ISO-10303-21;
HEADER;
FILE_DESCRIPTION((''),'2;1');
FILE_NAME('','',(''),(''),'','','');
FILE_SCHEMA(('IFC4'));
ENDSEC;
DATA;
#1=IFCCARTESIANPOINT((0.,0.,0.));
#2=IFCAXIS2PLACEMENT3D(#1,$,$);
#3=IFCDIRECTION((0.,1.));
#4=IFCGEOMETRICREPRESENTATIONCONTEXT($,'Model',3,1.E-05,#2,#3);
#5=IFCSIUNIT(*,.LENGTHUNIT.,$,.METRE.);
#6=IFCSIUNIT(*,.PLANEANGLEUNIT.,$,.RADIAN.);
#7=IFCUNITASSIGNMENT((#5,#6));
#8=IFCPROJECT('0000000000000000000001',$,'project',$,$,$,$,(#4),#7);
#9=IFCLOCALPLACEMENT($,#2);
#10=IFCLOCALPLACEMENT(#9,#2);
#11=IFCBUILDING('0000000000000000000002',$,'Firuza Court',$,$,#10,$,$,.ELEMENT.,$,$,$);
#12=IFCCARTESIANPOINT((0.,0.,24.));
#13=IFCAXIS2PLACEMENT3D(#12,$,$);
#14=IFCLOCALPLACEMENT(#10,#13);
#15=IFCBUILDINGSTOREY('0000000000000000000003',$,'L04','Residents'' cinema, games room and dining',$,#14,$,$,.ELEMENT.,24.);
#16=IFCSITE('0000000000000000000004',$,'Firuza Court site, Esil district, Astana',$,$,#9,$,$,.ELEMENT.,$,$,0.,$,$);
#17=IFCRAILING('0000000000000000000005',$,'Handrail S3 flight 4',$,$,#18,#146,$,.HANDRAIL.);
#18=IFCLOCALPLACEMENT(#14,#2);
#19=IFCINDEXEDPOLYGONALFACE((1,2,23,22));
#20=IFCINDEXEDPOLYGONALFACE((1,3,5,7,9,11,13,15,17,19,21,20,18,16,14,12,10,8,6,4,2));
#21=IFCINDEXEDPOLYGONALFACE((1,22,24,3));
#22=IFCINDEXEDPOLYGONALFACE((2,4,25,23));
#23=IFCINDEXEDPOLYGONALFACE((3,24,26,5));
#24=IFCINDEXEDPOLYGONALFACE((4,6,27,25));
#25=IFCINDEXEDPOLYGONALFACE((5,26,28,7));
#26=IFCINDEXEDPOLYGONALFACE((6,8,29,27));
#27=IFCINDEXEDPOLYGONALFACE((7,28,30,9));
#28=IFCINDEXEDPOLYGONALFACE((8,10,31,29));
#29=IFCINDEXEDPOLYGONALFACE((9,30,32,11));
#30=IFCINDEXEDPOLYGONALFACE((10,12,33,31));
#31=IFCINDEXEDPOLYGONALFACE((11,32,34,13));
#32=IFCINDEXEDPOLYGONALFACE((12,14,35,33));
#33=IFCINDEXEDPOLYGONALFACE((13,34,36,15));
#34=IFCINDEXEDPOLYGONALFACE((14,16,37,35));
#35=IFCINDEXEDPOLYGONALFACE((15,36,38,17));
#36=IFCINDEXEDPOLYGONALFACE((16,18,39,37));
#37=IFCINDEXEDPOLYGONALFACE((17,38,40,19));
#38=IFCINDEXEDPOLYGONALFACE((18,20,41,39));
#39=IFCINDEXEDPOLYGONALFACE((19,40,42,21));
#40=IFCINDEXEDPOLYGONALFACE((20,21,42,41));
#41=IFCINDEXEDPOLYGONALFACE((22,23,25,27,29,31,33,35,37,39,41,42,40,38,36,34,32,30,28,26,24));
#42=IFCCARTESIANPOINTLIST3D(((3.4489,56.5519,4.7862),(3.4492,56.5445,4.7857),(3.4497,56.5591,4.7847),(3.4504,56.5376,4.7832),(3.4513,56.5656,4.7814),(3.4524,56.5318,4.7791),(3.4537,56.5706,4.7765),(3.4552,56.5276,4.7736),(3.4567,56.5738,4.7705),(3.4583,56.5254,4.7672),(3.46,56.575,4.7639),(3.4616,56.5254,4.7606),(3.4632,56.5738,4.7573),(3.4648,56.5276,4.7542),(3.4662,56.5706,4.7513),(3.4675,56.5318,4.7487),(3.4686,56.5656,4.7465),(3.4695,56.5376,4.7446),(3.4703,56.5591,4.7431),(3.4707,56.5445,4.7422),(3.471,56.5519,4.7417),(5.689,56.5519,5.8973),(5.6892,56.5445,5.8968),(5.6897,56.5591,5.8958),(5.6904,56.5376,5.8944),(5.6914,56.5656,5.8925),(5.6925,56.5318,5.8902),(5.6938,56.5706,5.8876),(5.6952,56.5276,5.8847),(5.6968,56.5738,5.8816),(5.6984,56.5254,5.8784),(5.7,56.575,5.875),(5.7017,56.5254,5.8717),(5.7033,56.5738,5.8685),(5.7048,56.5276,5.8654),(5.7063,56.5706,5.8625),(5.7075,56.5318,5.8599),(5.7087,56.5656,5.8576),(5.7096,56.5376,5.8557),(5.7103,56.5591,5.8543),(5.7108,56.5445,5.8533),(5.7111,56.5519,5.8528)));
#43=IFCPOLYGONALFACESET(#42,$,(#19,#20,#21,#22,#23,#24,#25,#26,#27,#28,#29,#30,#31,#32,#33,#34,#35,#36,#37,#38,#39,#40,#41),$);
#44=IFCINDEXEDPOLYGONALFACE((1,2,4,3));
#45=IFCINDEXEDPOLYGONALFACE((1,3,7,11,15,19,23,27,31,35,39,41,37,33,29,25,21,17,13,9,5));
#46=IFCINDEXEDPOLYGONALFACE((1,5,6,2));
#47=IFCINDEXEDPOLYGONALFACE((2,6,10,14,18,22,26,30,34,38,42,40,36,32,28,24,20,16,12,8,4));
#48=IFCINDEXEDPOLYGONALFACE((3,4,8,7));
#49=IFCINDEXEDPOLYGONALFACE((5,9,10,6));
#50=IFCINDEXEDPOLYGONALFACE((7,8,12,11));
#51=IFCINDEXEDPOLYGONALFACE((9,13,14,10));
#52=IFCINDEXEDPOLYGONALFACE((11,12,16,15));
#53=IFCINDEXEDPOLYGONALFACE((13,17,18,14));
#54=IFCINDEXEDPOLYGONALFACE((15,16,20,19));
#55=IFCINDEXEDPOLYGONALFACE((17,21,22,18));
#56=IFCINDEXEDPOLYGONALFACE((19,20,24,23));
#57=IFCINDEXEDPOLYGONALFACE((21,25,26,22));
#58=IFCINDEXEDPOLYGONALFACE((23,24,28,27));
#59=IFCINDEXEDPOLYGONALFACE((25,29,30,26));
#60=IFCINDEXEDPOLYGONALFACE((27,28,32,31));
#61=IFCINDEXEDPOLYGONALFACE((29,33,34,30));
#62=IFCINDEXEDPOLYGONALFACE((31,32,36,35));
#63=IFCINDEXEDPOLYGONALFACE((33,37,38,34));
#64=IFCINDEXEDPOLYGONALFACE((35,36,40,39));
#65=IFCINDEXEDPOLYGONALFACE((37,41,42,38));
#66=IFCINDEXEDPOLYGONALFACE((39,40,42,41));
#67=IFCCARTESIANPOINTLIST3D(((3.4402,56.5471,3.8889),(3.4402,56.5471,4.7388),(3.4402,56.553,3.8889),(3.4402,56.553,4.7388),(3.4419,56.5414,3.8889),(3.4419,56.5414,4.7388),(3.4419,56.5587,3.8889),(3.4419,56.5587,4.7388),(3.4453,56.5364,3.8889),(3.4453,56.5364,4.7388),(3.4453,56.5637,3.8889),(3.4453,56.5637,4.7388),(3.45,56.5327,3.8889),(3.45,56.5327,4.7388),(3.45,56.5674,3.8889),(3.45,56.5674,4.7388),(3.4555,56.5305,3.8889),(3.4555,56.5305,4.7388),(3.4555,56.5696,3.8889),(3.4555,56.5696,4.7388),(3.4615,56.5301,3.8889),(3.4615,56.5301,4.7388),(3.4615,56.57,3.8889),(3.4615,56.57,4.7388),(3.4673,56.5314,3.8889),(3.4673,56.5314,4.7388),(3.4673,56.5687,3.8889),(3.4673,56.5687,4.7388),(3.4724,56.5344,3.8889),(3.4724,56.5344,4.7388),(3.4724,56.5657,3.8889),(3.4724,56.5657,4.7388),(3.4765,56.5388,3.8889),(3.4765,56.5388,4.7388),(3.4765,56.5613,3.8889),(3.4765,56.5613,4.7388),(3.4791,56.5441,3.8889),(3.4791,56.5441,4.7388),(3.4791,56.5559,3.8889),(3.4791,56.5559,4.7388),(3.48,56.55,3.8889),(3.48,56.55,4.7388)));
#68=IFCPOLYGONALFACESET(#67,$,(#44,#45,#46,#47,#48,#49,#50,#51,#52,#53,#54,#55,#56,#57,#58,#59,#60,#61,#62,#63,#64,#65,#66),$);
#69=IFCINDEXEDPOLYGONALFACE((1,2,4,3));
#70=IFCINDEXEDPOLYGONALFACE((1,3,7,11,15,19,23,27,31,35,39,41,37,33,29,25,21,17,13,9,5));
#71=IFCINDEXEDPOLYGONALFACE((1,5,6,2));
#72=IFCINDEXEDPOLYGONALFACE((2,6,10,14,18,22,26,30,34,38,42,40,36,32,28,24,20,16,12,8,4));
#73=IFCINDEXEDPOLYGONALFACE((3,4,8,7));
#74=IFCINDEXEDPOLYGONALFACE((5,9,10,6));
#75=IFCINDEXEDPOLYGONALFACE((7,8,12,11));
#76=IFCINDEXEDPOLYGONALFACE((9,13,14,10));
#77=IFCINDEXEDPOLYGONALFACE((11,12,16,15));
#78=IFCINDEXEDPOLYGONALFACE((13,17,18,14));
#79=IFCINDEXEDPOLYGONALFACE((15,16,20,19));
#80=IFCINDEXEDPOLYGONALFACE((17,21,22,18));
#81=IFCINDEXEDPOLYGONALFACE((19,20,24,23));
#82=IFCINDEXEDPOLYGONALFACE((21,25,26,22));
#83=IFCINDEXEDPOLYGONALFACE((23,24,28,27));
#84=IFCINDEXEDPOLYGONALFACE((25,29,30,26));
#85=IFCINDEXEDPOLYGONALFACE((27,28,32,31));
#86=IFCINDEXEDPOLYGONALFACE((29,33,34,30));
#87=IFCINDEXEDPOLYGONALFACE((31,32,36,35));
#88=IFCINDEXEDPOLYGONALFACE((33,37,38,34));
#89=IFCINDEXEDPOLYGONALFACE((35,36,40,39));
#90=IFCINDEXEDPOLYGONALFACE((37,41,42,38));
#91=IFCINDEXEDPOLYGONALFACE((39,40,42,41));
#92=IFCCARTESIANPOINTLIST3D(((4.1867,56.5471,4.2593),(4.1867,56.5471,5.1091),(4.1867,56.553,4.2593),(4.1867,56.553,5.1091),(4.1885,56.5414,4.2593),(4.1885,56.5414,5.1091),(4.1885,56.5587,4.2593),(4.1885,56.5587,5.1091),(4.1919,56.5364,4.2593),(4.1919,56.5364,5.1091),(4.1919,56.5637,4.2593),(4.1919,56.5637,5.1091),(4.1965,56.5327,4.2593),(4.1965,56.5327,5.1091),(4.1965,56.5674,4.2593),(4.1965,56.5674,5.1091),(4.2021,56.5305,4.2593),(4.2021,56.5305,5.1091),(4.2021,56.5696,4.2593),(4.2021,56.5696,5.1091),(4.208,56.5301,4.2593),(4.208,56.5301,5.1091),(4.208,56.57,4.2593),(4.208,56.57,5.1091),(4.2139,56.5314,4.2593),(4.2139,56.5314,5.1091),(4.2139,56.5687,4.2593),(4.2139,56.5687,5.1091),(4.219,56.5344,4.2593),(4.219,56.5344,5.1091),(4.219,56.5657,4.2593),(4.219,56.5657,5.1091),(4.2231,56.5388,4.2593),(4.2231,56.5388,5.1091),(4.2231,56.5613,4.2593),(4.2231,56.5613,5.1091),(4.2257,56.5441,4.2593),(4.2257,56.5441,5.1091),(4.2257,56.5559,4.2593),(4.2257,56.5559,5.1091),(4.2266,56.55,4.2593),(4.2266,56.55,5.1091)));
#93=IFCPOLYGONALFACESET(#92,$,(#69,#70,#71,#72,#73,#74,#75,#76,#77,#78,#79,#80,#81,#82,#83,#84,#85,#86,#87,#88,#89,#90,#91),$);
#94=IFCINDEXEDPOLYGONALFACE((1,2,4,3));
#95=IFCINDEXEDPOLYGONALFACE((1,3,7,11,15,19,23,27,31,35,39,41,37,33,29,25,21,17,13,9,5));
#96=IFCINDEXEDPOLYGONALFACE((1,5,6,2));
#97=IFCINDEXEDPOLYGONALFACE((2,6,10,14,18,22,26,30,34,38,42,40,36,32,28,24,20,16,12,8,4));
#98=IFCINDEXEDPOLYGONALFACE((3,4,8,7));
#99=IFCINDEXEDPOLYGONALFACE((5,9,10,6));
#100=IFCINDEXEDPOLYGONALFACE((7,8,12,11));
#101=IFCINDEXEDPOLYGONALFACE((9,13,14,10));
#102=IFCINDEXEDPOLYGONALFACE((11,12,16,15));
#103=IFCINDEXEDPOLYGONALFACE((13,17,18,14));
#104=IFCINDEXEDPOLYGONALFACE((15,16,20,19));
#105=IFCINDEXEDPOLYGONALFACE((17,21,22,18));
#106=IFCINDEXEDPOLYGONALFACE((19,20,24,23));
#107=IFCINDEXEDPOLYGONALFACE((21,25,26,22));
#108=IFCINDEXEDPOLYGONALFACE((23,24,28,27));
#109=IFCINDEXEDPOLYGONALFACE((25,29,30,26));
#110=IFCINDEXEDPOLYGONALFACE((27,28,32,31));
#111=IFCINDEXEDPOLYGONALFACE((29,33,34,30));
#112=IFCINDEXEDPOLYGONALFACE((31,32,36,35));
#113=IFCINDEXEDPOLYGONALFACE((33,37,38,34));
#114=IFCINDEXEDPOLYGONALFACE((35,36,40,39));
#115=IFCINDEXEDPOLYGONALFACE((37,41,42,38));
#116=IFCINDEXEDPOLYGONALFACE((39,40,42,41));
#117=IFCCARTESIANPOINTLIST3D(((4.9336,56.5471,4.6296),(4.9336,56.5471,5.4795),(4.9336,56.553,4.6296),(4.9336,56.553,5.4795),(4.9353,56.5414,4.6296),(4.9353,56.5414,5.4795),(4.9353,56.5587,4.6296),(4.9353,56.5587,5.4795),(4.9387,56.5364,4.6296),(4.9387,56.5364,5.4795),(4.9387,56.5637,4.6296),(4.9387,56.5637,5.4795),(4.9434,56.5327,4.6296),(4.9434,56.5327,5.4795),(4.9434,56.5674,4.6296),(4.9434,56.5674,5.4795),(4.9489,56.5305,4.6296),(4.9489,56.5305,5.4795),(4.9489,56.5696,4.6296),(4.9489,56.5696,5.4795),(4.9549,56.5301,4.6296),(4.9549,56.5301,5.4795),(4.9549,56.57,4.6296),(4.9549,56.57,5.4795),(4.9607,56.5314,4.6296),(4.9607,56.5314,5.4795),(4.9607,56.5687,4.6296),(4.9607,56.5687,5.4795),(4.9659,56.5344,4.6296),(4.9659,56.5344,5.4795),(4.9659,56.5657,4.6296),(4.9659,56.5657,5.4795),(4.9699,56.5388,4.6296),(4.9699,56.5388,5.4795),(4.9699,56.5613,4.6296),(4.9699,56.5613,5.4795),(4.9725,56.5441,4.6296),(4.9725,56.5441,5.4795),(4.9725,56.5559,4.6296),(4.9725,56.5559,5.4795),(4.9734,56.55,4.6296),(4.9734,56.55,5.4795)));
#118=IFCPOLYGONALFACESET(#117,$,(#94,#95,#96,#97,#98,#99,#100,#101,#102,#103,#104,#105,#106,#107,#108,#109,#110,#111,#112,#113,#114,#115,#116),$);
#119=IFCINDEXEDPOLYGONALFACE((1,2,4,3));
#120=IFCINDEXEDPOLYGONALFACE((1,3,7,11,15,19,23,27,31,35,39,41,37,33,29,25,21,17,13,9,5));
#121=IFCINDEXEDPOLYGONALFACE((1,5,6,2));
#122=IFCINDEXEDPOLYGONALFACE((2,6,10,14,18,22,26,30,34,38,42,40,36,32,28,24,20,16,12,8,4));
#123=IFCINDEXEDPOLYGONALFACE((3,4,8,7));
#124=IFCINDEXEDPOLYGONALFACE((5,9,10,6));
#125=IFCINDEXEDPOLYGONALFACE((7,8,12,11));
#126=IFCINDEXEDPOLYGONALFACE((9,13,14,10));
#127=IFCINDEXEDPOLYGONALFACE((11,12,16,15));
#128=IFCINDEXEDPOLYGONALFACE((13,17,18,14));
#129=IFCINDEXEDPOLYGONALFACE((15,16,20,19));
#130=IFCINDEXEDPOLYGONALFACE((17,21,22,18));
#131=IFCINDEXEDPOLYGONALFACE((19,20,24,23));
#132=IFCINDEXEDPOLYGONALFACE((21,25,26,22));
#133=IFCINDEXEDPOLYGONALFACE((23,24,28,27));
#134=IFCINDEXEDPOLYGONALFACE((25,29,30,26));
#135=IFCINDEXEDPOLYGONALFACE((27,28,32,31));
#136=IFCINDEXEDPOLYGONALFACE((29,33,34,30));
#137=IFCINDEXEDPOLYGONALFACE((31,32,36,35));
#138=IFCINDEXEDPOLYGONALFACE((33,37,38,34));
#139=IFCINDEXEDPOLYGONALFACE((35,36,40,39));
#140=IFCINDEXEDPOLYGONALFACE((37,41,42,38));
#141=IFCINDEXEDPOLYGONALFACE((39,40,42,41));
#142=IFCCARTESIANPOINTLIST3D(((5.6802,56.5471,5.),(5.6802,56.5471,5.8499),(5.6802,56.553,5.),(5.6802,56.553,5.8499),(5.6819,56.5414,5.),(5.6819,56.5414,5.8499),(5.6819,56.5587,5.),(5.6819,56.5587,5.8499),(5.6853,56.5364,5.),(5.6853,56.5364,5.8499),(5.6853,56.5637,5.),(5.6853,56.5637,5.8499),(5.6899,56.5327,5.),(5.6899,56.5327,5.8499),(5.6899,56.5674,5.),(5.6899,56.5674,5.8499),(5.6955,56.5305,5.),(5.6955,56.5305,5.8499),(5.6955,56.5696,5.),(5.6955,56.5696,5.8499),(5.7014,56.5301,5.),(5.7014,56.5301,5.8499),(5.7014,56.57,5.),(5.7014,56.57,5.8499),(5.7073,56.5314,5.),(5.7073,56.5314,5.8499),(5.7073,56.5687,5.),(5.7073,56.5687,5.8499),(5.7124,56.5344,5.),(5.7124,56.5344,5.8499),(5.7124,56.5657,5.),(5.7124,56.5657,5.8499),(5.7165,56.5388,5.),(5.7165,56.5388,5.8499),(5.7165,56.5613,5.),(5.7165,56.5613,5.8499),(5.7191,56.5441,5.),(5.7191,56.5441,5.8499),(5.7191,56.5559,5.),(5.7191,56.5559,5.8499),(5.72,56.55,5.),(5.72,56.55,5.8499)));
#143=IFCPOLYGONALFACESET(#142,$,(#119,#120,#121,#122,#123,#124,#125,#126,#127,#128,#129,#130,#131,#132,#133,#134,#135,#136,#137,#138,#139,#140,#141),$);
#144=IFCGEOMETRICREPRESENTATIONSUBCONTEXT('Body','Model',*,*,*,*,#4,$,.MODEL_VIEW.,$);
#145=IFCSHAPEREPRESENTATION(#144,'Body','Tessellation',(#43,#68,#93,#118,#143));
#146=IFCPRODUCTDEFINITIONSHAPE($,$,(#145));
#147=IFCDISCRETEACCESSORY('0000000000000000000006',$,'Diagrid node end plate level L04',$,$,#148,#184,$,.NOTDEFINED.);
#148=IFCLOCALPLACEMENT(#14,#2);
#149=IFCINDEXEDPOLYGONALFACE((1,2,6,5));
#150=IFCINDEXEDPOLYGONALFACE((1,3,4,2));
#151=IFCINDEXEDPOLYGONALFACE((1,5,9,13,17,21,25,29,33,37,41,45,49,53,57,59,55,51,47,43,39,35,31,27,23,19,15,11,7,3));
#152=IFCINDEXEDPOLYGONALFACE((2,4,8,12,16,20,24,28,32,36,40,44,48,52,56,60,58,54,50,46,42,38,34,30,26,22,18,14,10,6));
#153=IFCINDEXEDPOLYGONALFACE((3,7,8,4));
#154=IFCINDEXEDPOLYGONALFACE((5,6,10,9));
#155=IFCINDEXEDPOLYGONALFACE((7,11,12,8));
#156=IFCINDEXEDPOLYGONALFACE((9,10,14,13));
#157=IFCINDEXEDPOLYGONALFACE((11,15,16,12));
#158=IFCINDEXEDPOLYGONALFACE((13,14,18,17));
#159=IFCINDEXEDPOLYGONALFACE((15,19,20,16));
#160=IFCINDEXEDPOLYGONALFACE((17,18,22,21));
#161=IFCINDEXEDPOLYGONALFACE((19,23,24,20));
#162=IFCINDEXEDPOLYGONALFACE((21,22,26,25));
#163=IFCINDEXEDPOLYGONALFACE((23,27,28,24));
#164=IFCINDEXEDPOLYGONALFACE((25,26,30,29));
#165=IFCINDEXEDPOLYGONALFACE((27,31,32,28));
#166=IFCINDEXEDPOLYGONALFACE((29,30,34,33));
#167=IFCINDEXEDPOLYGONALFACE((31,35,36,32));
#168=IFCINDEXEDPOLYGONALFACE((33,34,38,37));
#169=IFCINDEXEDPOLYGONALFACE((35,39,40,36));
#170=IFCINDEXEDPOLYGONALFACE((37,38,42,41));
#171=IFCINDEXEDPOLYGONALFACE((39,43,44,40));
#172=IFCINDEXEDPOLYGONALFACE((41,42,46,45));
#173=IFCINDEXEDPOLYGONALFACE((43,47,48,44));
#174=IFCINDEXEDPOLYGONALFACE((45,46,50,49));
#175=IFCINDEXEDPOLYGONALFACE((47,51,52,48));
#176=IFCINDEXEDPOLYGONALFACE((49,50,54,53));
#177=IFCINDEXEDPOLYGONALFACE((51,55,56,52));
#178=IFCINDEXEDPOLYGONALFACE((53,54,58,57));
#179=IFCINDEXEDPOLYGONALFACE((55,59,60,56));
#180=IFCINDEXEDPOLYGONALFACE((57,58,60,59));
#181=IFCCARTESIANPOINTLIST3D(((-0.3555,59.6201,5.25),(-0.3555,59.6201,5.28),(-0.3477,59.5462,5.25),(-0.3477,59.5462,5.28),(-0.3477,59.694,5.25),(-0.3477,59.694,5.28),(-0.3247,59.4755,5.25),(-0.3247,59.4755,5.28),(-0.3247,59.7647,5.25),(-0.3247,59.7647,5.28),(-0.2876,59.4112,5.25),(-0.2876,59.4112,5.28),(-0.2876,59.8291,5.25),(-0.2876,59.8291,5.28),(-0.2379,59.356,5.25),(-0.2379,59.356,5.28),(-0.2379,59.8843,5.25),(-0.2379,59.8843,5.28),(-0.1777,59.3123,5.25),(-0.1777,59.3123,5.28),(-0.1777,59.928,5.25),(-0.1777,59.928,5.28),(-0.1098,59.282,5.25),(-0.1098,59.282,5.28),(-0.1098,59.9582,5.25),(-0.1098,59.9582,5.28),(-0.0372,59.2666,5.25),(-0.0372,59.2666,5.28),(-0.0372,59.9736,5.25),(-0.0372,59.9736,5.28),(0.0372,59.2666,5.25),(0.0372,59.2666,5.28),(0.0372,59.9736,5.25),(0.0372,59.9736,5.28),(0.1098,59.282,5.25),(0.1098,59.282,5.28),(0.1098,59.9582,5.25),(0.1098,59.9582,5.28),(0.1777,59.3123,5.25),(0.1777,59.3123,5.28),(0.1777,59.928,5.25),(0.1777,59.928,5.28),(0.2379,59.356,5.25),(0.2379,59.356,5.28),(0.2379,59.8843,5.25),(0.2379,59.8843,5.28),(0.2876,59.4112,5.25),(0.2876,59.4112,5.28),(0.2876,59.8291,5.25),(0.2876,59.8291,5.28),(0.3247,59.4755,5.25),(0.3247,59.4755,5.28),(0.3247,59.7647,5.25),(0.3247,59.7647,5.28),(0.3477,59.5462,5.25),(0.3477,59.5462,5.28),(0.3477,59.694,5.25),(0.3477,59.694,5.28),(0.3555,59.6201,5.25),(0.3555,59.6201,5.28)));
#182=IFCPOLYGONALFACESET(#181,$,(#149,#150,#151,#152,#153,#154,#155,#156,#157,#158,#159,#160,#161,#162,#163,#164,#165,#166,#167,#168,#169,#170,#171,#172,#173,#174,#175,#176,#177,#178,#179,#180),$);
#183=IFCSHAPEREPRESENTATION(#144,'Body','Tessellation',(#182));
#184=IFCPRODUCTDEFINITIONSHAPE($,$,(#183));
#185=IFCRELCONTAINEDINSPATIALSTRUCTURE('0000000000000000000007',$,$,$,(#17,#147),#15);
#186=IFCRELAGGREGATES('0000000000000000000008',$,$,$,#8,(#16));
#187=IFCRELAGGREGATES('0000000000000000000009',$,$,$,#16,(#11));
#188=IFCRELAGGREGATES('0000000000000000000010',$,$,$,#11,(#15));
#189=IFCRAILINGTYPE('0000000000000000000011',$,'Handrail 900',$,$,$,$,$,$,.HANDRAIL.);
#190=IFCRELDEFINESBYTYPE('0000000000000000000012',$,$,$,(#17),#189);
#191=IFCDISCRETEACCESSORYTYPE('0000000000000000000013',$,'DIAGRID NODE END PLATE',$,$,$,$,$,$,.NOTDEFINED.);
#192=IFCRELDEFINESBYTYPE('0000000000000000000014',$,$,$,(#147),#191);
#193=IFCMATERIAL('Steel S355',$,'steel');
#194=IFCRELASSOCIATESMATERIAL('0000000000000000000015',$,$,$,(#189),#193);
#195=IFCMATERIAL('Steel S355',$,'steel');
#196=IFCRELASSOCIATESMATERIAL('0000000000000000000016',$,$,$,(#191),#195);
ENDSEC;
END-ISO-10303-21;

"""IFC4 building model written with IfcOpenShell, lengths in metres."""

from ifc_helpers import new_model, si_unit, direction, frame, origin, origin_2d, place, context, subcontext, project, spatial, circle, extrude, material, material_profile, profile_set, type_object, element, save


model = new_model("IFC4")

# Units and contexts
model_context = context("Model", 3, precision=1e-05, world=origin(), true_north=direction((0.0, 1.0)))
body_context = subcontext(model_context, "Body", "Model", "MODEL_VIEW")
ifc_project = project(units=[si_unit("LENGTHUNIT", "METRE"), si_unit("PLANEANGLEUNIT", "RADIAN")], contexts=[model_context])

# Site, building, storey
site_placement = place(None, origin())
site = spatial("IfcSite", under=ifc_project, at=site_placement, Name="Firuza Court site, Esil district, Astana", CompositionType="ELEMENT", RefElevation=0.0)
building_placement = place(site_placement, origin())
building = spatial("IfcBuilding", under=site, at=building_placement, Name="Firuza Court", CompositionType="ELEMENT")
storey_placement = place(building_placement, frame((0.0, 0.0, 24.0)))
storey = spatial("IfcBuildingStorey", under=building, at=storey_placement, Name="L04", Description="Residents' cinema, games room and dining", CompositionType="ELEMENT", Elevation=24.0)

# Railing
ifc_material_1 = material(Name="Steel S355", Category="steel")
railing_type_1 = type_object("IfcRailingType", Name="Handrail 900", PredefinedType="HANDRAIL", material=ifc_material_1)
railing_1_placement = place(storey_placement, frame((3.46, 56.55, 3.8889)))
element("IfcRailing", 1, at=railing_1_placement, inside=storey, type_object=railing_type_1, Name="Handrail S3 flight 4", PredefinedType="HANDRAIL", context=body_context, shape_type="SweptSolid", body=[
    extrude(circle(Radius=0.0249, at=origin_2d()), frame((0.0, 0.0, 0.875), z_axis=(0.895848, 0.0, 0.44436), x_axis=(0.0, 1.0, 0.0)), (0.0, 0.0, 1.0), 2.5005),
    extrude(circle(Radius=0.02, at=origin_2d()), origin(), (0.0, 0.0, 1.0), 0.8499),
    extrude(circle(Radius=0.02, at=origin_2d()), frame((0.7466, 0.0, 0.3704)), (0.0, 0.0, 1.0), 0.8499),
    extrude(circle(Radius=0.02, at=origin_2d()), frame((1.4934, 0.0, 0.7407)), (0.0, 0.0, 1.0), 0.8499),
    extrude(circle(Radius=0.02, at=origin_2d()), frame((2.24, 0.0, 1.1111)), (0.0, 0.0, 1.0), 0.8499),
])

# Discrete accessory
ifc_material_2 = material(Name="Steel S355", Category="steel")
ifc_material_profile_1 = material_profile(ifc_material_2, circle(Radius=0.3555, at=origin_2d()), Name="PL D711")
ifc_profile_set_1 = profile_set([ifc_material_profile_1], Name="Steel S355")
discrete_accessory_type = type_object("IfcDiscreteAccessoryType", Name="DIAGRID NODE END PLATE", PredefinedType="NOTDEFINED", material=ifc_profile_set_1)
discrete_accessory_1_placement = place(storey_placement, frame((0.0, 59.6201, 5.25), z_axis=(0.0, 0.0, 1.0), x_axis=(1.0, 0.0, 0.0)))
element("IfcDiscreteAccessory", 2, at=discrete_accessory_1_placement, inside=storey, type_object=discrete_accessory_type, Name="Diagrid node end plate level L04", PredefinedType="NOTDEFINED", context=body_context, shape_type="SweptSolid", body=[
    extrude(circle(Radius=0.3555, at=origin_2d()), origin(), (0.0, 0.0, 1.0), 0.03),
])

save(model, "model.ifc")
